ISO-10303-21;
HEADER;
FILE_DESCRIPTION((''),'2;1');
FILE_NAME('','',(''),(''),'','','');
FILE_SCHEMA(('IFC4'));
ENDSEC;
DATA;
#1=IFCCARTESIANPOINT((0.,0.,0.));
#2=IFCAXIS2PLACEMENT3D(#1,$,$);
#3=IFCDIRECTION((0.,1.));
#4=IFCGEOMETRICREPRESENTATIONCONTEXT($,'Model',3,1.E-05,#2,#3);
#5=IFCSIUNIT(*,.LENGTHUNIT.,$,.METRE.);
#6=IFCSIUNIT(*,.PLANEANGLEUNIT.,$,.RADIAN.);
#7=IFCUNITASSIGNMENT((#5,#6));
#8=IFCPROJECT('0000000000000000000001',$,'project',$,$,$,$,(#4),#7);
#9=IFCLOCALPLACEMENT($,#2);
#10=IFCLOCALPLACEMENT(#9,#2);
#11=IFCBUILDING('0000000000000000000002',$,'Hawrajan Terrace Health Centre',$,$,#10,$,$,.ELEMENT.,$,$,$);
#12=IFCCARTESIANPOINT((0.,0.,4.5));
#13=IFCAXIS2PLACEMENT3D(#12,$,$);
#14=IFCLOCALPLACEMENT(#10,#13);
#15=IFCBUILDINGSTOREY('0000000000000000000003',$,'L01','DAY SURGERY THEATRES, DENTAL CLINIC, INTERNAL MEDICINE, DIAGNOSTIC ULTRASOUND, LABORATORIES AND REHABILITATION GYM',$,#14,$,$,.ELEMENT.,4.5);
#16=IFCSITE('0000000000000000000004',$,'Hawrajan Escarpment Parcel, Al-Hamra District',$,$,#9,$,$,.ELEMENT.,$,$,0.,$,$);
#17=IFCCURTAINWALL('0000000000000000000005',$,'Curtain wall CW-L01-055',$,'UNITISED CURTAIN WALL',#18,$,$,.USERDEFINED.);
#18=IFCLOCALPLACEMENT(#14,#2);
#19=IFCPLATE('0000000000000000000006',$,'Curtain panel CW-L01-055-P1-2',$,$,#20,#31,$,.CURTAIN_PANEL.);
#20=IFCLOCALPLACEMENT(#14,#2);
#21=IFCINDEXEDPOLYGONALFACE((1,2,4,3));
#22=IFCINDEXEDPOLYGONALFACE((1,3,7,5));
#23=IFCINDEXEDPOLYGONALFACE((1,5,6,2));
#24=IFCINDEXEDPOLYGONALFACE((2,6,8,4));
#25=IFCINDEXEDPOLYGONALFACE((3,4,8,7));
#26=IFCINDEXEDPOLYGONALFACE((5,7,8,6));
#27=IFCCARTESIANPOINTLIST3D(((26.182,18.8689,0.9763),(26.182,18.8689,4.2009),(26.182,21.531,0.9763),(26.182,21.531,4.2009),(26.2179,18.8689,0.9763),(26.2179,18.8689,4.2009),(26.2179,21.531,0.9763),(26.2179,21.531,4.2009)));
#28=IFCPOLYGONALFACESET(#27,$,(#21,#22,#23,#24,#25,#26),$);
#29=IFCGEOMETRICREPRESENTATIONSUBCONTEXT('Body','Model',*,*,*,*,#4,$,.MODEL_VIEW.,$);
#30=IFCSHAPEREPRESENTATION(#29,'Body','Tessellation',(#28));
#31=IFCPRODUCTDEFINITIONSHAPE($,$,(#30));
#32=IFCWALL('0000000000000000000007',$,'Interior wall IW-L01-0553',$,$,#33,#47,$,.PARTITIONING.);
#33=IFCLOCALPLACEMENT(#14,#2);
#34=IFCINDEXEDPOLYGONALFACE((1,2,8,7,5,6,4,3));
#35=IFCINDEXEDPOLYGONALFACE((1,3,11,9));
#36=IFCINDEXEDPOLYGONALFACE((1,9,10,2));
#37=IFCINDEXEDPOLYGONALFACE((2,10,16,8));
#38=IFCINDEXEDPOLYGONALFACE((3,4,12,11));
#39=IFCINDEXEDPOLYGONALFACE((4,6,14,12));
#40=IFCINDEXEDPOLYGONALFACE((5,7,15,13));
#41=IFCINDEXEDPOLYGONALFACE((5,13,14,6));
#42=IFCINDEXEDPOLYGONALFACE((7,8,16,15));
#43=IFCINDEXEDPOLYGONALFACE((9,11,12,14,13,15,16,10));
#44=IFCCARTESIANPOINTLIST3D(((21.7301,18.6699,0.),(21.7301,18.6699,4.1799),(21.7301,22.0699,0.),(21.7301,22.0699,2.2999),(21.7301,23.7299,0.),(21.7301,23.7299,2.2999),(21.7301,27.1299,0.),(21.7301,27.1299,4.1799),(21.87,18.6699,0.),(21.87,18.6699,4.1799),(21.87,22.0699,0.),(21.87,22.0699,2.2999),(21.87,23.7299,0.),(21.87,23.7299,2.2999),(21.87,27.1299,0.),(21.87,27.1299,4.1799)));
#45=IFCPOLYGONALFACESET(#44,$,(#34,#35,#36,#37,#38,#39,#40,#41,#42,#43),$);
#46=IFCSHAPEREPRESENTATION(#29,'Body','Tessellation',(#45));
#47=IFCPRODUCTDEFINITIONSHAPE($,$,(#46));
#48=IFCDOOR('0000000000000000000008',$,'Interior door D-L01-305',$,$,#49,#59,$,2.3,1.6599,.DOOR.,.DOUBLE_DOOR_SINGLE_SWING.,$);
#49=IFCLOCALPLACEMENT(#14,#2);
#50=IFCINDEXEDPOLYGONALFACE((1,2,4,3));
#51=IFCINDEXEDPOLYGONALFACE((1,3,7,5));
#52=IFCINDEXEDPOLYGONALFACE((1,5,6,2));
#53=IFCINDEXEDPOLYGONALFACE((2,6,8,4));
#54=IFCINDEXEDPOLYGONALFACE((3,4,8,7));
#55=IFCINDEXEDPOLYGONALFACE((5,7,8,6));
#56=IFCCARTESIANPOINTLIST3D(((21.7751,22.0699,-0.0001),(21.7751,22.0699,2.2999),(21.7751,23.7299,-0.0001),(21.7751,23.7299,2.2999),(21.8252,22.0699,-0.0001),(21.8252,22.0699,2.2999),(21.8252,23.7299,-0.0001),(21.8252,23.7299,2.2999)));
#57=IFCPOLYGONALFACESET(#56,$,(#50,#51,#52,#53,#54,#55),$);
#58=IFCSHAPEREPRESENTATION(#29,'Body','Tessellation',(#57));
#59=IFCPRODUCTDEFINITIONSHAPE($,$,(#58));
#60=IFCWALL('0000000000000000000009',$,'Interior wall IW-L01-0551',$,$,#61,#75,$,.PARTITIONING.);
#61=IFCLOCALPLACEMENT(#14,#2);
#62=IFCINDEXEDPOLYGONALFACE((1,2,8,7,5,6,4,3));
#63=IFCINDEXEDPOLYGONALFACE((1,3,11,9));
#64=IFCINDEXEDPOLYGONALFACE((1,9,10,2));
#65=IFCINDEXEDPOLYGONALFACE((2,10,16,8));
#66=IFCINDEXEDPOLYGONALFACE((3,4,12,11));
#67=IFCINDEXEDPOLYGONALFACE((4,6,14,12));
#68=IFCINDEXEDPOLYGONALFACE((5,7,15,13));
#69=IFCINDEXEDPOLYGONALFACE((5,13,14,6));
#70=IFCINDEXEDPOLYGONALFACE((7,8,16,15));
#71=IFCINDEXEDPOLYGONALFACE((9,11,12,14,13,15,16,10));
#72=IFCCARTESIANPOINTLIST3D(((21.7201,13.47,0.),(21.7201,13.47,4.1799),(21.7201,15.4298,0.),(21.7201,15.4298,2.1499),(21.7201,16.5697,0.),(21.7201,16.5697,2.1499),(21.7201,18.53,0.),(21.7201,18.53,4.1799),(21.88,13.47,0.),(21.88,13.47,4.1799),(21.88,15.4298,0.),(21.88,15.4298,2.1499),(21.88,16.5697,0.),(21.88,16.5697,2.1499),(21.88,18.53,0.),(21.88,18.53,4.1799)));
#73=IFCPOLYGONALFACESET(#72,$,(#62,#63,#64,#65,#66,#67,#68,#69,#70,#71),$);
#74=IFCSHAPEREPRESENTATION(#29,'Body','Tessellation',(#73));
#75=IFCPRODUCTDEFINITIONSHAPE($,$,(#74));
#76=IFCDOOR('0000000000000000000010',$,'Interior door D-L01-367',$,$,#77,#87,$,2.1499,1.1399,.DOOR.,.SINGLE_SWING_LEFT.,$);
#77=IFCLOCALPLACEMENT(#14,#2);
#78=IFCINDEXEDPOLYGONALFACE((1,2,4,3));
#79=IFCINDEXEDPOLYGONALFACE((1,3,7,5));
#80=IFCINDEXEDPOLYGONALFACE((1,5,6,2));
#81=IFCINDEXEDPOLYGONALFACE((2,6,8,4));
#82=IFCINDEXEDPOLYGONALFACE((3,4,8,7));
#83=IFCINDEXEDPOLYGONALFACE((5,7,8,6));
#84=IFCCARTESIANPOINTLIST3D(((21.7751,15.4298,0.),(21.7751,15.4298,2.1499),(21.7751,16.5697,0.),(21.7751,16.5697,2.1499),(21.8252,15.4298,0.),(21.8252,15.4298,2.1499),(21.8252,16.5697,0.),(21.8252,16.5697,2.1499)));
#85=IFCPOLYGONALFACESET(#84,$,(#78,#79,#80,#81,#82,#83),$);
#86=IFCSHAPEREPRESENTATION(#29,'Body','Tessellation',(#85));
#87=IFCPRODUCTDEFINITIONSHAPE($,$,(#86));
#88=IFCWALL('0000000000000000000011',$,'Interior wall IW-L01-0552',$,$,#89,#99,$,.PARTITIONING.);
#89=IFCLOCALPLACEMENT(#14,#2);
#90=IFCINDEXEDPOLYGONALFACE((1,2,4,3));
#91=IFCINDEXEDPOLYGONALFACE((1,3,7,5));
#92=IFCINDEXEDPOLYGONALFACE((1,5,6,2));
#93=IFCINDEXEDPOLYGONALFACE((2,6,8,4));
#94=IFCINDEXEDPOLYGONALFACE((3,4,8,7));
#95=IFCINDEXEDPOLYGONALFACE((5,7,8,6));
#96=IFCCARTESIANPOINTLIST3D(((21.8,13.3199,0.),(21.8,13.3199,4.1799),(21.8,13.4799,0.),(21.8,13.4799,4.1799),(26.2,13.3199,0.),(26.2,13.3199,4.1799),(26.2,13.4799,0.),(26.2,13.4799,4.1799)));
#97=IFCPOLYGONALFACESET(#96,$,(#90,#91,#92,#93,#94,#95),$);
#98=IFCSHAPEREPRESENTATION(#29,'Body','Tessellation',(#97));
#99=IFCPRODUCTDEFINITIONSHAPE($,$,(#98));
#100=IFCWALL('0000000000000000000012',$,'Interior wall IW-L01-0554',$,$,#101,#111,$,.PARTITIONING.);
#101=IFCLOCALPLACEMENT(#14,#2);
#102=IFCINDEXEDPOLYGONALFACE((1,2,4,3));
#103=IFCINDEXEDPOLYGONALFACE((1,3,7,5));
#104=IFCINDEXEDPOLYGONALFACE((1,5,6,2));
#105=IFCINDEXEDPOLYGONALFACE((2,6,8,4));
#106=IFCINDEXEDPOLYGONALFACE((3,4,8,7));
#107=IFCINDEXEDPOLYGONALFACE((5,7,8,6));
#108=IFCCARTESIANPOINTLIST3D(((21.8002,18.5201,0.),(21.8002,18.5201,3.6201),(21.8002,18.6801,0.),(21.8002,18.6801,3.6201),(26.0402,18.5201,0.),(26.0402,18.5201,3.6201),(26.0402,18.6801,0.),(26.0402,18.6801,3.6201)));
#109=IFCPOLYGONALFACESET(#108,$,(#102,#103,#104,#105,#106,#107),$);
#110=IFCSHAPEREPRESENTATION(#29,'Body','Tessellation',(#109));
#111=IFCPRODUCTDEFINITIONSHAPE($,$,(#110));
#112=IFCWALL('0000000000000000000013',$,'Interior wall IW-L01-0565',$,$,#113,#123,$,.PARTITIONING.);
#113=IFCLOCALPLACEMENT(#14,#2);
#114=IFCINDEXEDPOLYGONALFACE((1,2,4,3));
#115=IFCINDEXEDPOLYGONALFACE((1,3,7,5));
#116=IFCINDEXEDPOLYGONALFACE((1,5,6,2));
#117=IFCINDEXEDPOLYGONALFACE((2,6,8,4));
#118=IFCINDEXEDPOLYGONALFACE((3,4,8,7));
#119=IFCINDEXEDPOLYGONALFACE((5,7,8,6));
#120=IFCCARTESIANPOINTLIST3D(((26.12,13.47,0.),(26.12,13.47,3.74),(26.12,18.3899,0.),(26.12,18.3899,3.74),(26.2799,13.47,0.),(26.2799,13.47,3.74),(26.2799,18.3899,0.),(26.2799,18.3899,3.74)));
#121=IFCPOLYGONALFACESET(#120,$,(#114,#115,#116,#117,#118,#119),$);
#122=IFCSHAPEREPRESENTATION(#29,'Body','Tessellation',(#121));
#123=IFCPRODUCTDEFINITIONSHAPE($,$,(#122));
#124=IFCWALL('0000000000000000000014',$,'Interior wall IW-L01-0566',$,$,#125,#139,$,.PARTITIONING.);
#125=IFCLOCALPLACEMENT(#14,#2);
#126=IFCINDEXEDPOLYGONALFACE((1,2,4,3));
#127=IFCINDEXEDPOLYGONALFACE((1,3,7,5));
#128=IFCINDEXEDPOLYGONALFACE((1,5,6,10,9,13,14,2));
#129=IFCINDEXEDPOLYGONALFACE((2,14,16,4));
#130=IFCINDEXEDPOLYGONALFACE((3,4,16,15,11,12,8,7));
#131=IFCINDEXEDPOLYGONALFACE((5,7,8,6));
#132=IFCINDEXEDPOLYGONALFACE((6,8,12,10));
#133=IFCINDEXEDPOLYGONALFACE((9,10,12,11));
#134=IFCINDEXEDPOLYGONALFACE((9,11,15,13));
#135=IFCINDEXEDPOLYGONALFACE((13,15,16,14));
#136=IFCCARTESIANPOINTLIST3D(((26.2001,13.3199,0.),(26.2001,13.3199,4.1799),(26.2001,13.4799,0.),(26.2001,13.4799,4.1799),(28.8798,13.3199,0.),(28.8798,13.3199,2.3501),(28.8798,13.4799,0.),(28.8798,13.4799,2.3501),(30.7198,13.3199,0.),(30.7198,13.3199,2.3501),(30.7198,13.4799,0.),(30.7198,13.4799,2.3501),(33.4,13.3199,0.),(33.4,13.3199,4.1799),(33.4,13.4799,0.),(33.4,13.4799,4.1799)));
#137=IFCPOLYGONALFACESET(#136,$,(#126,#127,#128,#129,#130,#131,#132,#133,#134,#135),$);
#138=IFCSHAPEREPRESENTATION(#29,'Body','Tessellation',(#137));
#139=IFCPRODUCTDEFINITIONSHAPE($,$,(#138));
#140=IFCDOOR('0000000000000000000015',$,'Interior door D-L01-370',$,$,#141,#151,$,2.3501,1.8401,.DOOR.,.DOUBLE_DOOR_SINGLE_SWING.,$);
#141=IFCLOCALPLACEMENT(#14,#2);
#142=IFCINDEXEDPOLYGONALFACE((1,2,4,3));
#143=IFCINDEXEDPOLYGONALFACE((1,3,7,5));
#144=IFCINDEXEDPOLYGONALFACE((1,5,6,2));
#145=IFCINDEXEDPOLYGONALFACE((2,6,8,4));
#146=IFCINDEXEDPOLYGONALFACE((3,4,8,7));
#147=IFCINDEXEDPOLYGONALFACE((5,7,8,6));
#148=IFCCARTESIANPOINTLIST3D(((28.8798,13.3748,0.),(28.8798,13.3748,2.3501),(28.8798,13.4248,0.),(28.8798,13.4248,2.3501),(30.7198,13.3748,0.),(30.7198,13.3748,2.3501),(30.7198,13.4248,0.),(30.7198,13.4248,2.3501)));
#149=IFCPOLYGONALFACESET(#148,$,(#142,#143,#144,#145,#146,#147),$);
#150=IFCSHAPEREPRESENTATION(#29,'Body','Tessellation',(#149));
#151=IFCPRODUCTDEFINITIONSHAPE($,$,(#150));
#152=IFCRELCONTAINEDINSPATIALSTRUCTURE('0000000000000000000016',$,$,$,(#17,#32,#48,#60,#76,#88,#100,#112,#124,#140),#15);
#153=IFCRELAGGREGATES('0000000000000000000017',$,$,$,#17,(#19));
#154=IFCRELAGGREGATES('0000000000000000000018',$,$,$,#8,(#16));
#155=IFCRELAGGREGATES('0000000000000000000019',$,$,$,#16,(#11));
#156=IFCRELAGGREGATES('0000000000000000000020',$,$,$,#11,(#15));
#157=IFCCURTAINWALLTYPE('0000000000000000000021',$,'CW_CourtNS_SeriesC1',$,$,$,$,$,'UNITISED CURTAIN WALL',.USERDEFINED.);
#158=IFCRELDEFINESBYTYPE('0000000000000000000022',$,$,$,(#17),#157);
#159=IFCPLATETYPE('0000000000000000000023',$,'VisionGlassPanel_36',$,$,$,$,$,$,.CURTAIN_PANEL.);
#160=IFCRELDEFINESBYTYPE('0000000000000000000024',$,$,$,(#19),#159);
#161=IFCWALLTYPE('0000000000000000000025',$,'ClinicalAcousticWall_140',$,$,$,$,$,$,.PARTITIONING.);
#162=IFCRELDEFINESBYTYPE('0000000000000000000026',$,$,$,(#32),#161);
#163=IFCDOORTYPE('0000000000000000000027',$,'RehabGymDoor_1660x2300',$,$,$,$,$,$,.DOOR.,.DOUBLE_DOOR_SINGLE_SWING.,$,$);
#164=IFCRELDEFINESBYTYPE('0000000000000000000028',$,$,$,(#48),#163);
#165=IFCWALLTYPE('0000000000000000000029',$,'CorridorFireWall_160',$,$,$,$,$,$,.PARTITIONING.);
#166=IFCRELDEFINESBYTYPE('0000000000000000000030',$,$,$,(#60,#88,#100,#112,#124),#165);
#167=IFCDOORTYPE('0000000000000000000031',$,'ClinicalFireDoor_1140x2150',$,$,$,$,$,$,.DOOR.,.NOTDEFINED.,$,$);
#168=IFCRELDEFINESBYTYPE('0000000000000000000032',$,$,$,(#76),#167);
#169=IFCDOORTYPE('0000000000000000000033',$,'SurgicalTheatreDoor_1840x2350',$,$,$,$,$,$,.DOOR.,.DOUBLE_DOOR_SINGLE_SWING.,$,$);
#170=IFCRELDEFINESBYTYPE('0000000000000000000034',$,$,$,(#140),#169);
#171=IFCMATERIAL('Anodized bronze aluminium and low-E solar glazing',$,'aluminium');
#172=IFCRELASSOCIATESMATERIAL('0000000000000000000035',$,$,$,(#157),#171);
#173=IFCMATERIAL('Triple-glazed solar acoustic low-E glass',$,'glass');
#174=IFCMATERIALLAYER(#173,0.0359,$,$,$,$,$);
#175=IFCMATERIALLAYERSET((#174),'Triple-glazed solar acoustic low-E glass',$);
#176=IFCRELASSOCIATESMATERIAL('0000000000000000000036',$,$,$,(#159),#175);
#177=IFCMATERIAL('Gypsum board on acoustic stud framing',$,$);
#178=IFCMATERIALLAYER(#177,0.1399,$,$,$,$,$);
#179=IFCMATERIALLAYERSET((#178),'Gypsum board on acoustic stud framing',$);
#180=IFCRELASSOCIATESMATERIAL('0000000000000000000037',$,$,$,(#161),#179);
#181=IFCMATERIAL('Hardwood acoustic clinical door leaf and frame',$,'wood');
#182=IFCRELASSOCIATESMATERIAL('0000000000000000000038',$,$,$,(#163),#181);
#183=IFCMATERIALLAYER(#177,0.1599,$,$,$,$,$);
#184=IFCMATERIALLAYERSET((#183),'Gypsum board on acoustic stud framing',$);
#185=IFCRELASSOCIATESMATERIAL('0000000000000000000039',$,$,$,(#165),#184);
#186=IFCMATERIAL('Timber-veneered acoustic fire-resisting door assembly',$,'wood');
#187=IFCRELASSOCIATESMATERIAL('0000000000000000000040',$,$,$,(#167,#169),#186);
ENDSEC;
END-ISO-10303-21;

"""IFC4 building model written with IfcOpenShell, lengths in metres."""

from ifc_helpers import new_model, si_unit, direction, frame, frame_2d, origin, origin_2d, place, context, subcontext, project, spatial, rectangle, extrude, material, layer, layer_set, type_object, element, fill, aggregate, save


model = new_model("IFC4")

# Units and contexts
model_context = context("Model", 3, precision=1e-05, world=origin(), true_north=direction((0.0, 1.0)))
body_context = subcontext(model_context, "Body", "Model", "MODEL_VIEW")
ifc_project = project(units=[si_unit("LENGTHUNIT", "METRE"), si_unit("PLANEANGLEUNIT", "RADIAN")], contexts=[model_context])

# Site, building, storey
site_placement = place(None, origin())
site = spatial("IfcSite", under=ifc_project, at=site_placement, Name="Hawrajan Escarpment Parcel, Al-Hamra District", CompositionType="ELEMENT", RefElevation=0.0)
building_placement = place(site_placement, origin())
building = spatial("IfcBuilding", under=site, at=building_placement, Name="Hawrajan Terrace Health Centre", CompositionType="ELEMENT")
storey_placement = place(building_placement, frame((0.0, 0.0, 4.5)))
storey = spatial("IfcBuildingStorey", under=building, at=storey_placement, Name="L01", Description="DAY SURGERY THEATRES, DENTAL CLINIC, INTERNAL MEDICINE, DIAGNOSTIC ULTRASOUND, LABORATORIES AND REHABILITATION GYM", CompositionType="ELEMENT", Elevation=4.5)

# Shared definitions
ifc_material_1 = material(Name="Anodized bronze aluminium and low-E solar glazing", Category="aluminium")

# Curtain wall
curtain_wall_type_1 = type_object("IfcCurtainWallType", Name="CW_CourtNS_SeriesC1", ElementType="UNITISED CURTAIN WALL", PredefinedType="USERDEFINED", material=ifc_material_1)
curtain_wall_1_placement = place(storey_placement, origin())
curtain_wall_1 = element("IfcCurtainWall", 1, at=curtain_wall_1_placement, inside=storey, type_object=curtain_wall_type_1, Name="Curtain wall CW-L01-055", ObjectType="UNITISED CURTAIN WALL", PredefinedType="USERDEFINED")

# Plate
ifc_material_2 = material(Name="Triple-glazed solar acoustic low-E glass", Category="glass")
ifc_layer_1 = layer(ifc_material_2, 0.0359)
ifc_layer_set_1 = layer_set([ifc_layer_1], Name="Triple-glazed solar acoustic low-E glass")
plate_type_1 = type_object("IfcPlateType", Name="VisionGlassPanel_36", PredefinedType="CURTAIN_PANEL", material=ifc_layer_set_1)
plate_1_placement = place(storey_placement, frame((26.2, 20.2, 0.9763), z_axis=(0.0, 0.0, 1.0), x_axis=(0.0, 1.0, 0.0)))
plate_1 = element("IfcPlate", 2, at=plate_1_placement, type_object=plate_type_1, Name="Curtain panel CW-L01-055-P1-2", PredefinedType="CURTAIN_PANEL", context=body_context, shape_type="SweptSolid", body=[
    extrude(rectangle(XDim=2.6621, YDim=0.0359, at=origin_2d()), origin(), (0.0, 0.0, 1.0), 3.2246),
])
aggregate(curtain_wall_1, [plate_1])

# Walls, openings, doors
ifc_material_3 = material(Name="Gypsum board on acoustic stud framing")
ifc_layer_2 = layer(ifc_material_3, 0.1399)
ifc_layer_set_2 = layer_set([ifc_layer_2], Name="Gypsum board on acoustic stud framing")
wall_type_1 = type_object("IfcWallType", Name="ClinicalAcousticWall_140", PredefinedType="PARTITIONING", material=ifc_layer_set_2)
wall_1_placement = place(storey_placement, frame((21.8, 18.6699, 0.0), z_axis=(0.0, 0.0, 1.0), x_axis=(0.0, 1.0, 0.0)))
wall_1 = element("IfcWall", 3, at=wall_1_placement, inside=storey, type_object=wall_type_1, Name="Interior wall IW-L01-0553", PredefinedType="PARTITIONING", context=body_context, shape_type="SweptSolid", body=[
    extrude(rectangle(XDim=8.46, YDim=0.1399, at=frame_2d((4.23, 0.0))), origin(), (0.0, 0.0, 1.0), 4.1799),
])
opening_1_placement = place(wall_1_placement, frame((3.3999, 0.0, 0.0)))
opening_1 = element("IfcOpeningElement", 4, at=opening_1_placement, cuts=wall_1, PredefinedType="OPENING", context=body_context, shape_type="SweptSolid", body=[
    extrude(rectangle(XDim=1.6599, YDim=2.3, at=frame_2d((0.8301, 1.1499))), frame((0.0, 0.0798, 0.0), z_axis=(0.0, -1.0, 0.0), x_axis=(1.0, 0.0, 0.0)), (0.0, 0.0, 1.0), 0.1599),
])
ifc_material_4 = material(Name="Hardwood acoustic clinical door leaf and frame", Category="wood")
door_type_1 = type_object("IfcDoorType", Name="RehabGymDoor_1660x2300", OperationType="DOUBLE_DOOR_SINGLE_SWING", PredefinedType="DOOR", material=ifc_material_4)
door_1_placement = place(opening_1_placement, origin())
door_1 = element("IfcDoor", 5, at=door_1_placement, inside=storey, type_object=door_type_1, Name="Interior door D-L01-305", OperationType="DOUBLE_DOOR_SINGLE_SWING", OverallHeight=2.3, OverallWidth=1.6599, PredefinedType="DOOR", context=body_context, shape_type="SweptSolid", body=[
    extrude(rectangle(XDim=1.6599, YDim=2.3, at=frame_2d((0.8301, 1.1499))), frame((0.0, 0.0249, 0.0), z_axis=(0.0, -1.0, 0.0), x_axis=(1.0, 0.0, 0.0)), (0.0, 0.0, 1.0), 0.05),
])
fill(opening_1, door_1)
ifc_layer_3 = layer(ifc_material_3, 0.1599)
ifc_layer_set_3 = layer_set([ifc_layer_3], Name="Gypsum board on acoustic stud framing")
wall_type_2 = type_object("IfcWallType", Name="CorridorFireWall_160", PredefinedType="PARTITIONING", material=ifc_layer_set_3)
wall_2_placement = place(storey_placement, frame((21.8, 13.47, 0.0), z_axis=(0.0, 0.0, 1.0), x_axis=(0.0, 1.0, 0.0)))
wall_2 = element("IfcWall", 6, at=wall_2_placement, inside=storey, type_object=wall_type_2, Name="Interior wall IW-L01-0551", PredefinedType="PARTITIONING", context=body_context, shape_type="SweptSolid", body=[
    extrude(rectangle(XDim=5.0601, YDim=0.1599, at=frame_2d((2.53, 0.0))), origin(), (0.0, 0.0, 1.0), 4.1799),
])
opening_2_placement = place(wall_2_placement, frame((1.96, 0.0, 0.0)))
opening_2 = element("IfcOpeningElement", 7, at=opening_2_placement, cuts=wall_2, PredefinedType="OPENING", context=body_context, shape_type="SweptSolid", body=[
    extrude(rectangle(XDim=1.1399, YDim=2.1499, at=frame_2d((0.5698, 1.075))), frame((0.0, 0.0898, 0.0), z_axis=(0.0, -1.0, 0.0), x_axis=(1.0, 0.0, 0.0)), (0.0, 0.0, 1.0), 0.1799),
])
ifc_material_5 = material(Name="Timber-veneered acoustic fire-resisting door assembly", Category="wood")
door_type_2 = type_object("IfcDoorType", Name="ClinicalFireDoor_1140x2150", OperationType="NOTDEFINED", PredefinedType="DOOR", material=ifc_material_5)
door_2_placement = place(opening_2_placement, origin())
door_2 = element("IfcDoor", 8, at=door_2_placement, inside=storey, type_object=door_type_2, Name="Interior door D-L01-367", OperationType="SINGLE_SWING_LEFT", OverallHeight=2.1499, OverallWidth=1.1399, PredefinedType="DOOR", context=body_context, shape_type="SweptSolid", body=[
    extrude(rectangle(XDim=1.1399, YDim=2.1499, at=frame_2d((0.5698, 1.075))), frame((0.0, 0.0249, 0.0), z_axis=(0.0, -1.0, 0.0), x_axis=(1.0, 0.0, 0.0)), (0.0, 0.0, 1.0), 0.05),
])
fill(opening_2, door_2)

# Walls
wall_3_placement = place(storey_placement, frame((21.8, 13.3999, 0.0), z_axis=(0.0, 0.0, 1.0), x_axis=(1.0, 0.0, 0.0)))
element("IfcWall", 9, at=wall_3_placement, inside=storey, type_object=wall_type_2, Name="Interior wall IW-L01-0552", PredefinedType="PARTITIONING", context=body_context, shape_type="SweptSolid", body=[
    extrude(rectangle(XDim=4.3999, YDim=0.1599, at=frame_2d((2.2, 0.0))), origin(), (0.0, 0.0, 1.0), 4.1799),
])
wall_4_placement = place(storey_placement, frame((21.8, 18.6001, 0.0), z_axis=(0.0, 0.0, 1.0), x_axis=(1.0, 0.0, 0.0)))
element("IfcWall", 10, at=wall_4_placement, inside=storey, type_object=wall_type_2, Name="Interior wall IW-L01-0554", PredefinedType="PARTITIONING", context=body_context, shape_type="SweptSolid", body=[
    extrude(rectangle(XDim=4.24, YDim=0.1599, at=frame_2d((2.1201, 0.0))), origin(), (0.0, 0.0, 1.0), 3.6201),
])
wall_5_placement = place(storey_placement, frame((26.2, 13.47, 0.0), z_axis=(0.0, 0.0, 1.0), x_axis=(0.0, 1.0, 0.0)))
element("IfcWall", 11, at=wall_5_placement, inside=storey, type_object=wall_type_2, Name="Interior wall IW-L01-0565", PredefinedType="PARTITIONING", context=body_context, shape_type="SweptSolid", body=[
    extrude(rectangle(XDim=4.9199, YDim=0.1599, at=frame_2d((2.46, 0.0))), origin(), (0.0, 0.0, 1.0), 3.74),
])

# Wall, opening, door
wall_6_placement = place(storey_placement, frame((26.2, 13.3999, 0.0), z_axis=(0.0, 0.0, 1.0), x_axis=(1.0, 0.0, 0.0)))
wall_6 = element("IfcWall", 12, at=wall_6_placement, inside=storey, type_object=wall_type_2, Name="Interior wall IW-L01-0566", PredefinedType="PARTITIONING", context=body_context, shape_type="SweptSolid", body=[
    extrude(rectangle(XDim=7.2, YDim=0.1599, at=frame_2d((3.6001, 0.0))), origin(), (0.0, 0.0, 1.0), 4.1799),
])
opening_3_placement = place(wall_6_placement, frame((2.6799, 0.0, 0.0)))
opening_3 = element("IfcOpeningElement", 13, at=opening_3_placement, cuts=wall_6, PredefinedType="OPENING", context=body_context, shape_type="SweptSolid", body=[
    extrude(rectangle(XDim=1.8401, YDim=2.3501, at=frame_2d((0.9199, 1.175))), frame((0.0, 0.0898, 0.0), z_axis=(0.0, -1.0, 0.0), x_axis=(1.0, 0.0, 0.0)), (0.0, 0.0, 1.0), 0.1799),
])
door_type_3 = type_object("IfcDoorType", Name="SurgicalTheatreDoor_1840x2350", OperationType="DOUBLE_DOOR_SINGLE_SWING", PredefinedType="DOOR", material=ifc_material_5)
door_3_placement = place(opening_3_placement, origin())
door_3 = element("IfcDoor", 14, at=door_3_placement, inside=storey, type_object=door_type_3, Name="Interior door D-L01-370", OperationType="DOUBLE_DOOR_SINGLE_SWING", OverallHeight=2.3501, OverallWidth=1.8401, PredefinedType="DOOR", context=body_context, shape_type="SweptSolid", body=[
    extrude(rectangle(XDim=1.8401, YDim=2.3501, at=frame_2d((0.9199, 1.175))), frame((0.0, 0.0249, 0.0), z_axis=(0.0, -1.0, 0.0), x_axis=(1.0, 0.0, 0.0)), (0.0, 0.0, 1.0), 0.05),
])
fill(opening_3, door_3)

save(model, "model.ifc")
